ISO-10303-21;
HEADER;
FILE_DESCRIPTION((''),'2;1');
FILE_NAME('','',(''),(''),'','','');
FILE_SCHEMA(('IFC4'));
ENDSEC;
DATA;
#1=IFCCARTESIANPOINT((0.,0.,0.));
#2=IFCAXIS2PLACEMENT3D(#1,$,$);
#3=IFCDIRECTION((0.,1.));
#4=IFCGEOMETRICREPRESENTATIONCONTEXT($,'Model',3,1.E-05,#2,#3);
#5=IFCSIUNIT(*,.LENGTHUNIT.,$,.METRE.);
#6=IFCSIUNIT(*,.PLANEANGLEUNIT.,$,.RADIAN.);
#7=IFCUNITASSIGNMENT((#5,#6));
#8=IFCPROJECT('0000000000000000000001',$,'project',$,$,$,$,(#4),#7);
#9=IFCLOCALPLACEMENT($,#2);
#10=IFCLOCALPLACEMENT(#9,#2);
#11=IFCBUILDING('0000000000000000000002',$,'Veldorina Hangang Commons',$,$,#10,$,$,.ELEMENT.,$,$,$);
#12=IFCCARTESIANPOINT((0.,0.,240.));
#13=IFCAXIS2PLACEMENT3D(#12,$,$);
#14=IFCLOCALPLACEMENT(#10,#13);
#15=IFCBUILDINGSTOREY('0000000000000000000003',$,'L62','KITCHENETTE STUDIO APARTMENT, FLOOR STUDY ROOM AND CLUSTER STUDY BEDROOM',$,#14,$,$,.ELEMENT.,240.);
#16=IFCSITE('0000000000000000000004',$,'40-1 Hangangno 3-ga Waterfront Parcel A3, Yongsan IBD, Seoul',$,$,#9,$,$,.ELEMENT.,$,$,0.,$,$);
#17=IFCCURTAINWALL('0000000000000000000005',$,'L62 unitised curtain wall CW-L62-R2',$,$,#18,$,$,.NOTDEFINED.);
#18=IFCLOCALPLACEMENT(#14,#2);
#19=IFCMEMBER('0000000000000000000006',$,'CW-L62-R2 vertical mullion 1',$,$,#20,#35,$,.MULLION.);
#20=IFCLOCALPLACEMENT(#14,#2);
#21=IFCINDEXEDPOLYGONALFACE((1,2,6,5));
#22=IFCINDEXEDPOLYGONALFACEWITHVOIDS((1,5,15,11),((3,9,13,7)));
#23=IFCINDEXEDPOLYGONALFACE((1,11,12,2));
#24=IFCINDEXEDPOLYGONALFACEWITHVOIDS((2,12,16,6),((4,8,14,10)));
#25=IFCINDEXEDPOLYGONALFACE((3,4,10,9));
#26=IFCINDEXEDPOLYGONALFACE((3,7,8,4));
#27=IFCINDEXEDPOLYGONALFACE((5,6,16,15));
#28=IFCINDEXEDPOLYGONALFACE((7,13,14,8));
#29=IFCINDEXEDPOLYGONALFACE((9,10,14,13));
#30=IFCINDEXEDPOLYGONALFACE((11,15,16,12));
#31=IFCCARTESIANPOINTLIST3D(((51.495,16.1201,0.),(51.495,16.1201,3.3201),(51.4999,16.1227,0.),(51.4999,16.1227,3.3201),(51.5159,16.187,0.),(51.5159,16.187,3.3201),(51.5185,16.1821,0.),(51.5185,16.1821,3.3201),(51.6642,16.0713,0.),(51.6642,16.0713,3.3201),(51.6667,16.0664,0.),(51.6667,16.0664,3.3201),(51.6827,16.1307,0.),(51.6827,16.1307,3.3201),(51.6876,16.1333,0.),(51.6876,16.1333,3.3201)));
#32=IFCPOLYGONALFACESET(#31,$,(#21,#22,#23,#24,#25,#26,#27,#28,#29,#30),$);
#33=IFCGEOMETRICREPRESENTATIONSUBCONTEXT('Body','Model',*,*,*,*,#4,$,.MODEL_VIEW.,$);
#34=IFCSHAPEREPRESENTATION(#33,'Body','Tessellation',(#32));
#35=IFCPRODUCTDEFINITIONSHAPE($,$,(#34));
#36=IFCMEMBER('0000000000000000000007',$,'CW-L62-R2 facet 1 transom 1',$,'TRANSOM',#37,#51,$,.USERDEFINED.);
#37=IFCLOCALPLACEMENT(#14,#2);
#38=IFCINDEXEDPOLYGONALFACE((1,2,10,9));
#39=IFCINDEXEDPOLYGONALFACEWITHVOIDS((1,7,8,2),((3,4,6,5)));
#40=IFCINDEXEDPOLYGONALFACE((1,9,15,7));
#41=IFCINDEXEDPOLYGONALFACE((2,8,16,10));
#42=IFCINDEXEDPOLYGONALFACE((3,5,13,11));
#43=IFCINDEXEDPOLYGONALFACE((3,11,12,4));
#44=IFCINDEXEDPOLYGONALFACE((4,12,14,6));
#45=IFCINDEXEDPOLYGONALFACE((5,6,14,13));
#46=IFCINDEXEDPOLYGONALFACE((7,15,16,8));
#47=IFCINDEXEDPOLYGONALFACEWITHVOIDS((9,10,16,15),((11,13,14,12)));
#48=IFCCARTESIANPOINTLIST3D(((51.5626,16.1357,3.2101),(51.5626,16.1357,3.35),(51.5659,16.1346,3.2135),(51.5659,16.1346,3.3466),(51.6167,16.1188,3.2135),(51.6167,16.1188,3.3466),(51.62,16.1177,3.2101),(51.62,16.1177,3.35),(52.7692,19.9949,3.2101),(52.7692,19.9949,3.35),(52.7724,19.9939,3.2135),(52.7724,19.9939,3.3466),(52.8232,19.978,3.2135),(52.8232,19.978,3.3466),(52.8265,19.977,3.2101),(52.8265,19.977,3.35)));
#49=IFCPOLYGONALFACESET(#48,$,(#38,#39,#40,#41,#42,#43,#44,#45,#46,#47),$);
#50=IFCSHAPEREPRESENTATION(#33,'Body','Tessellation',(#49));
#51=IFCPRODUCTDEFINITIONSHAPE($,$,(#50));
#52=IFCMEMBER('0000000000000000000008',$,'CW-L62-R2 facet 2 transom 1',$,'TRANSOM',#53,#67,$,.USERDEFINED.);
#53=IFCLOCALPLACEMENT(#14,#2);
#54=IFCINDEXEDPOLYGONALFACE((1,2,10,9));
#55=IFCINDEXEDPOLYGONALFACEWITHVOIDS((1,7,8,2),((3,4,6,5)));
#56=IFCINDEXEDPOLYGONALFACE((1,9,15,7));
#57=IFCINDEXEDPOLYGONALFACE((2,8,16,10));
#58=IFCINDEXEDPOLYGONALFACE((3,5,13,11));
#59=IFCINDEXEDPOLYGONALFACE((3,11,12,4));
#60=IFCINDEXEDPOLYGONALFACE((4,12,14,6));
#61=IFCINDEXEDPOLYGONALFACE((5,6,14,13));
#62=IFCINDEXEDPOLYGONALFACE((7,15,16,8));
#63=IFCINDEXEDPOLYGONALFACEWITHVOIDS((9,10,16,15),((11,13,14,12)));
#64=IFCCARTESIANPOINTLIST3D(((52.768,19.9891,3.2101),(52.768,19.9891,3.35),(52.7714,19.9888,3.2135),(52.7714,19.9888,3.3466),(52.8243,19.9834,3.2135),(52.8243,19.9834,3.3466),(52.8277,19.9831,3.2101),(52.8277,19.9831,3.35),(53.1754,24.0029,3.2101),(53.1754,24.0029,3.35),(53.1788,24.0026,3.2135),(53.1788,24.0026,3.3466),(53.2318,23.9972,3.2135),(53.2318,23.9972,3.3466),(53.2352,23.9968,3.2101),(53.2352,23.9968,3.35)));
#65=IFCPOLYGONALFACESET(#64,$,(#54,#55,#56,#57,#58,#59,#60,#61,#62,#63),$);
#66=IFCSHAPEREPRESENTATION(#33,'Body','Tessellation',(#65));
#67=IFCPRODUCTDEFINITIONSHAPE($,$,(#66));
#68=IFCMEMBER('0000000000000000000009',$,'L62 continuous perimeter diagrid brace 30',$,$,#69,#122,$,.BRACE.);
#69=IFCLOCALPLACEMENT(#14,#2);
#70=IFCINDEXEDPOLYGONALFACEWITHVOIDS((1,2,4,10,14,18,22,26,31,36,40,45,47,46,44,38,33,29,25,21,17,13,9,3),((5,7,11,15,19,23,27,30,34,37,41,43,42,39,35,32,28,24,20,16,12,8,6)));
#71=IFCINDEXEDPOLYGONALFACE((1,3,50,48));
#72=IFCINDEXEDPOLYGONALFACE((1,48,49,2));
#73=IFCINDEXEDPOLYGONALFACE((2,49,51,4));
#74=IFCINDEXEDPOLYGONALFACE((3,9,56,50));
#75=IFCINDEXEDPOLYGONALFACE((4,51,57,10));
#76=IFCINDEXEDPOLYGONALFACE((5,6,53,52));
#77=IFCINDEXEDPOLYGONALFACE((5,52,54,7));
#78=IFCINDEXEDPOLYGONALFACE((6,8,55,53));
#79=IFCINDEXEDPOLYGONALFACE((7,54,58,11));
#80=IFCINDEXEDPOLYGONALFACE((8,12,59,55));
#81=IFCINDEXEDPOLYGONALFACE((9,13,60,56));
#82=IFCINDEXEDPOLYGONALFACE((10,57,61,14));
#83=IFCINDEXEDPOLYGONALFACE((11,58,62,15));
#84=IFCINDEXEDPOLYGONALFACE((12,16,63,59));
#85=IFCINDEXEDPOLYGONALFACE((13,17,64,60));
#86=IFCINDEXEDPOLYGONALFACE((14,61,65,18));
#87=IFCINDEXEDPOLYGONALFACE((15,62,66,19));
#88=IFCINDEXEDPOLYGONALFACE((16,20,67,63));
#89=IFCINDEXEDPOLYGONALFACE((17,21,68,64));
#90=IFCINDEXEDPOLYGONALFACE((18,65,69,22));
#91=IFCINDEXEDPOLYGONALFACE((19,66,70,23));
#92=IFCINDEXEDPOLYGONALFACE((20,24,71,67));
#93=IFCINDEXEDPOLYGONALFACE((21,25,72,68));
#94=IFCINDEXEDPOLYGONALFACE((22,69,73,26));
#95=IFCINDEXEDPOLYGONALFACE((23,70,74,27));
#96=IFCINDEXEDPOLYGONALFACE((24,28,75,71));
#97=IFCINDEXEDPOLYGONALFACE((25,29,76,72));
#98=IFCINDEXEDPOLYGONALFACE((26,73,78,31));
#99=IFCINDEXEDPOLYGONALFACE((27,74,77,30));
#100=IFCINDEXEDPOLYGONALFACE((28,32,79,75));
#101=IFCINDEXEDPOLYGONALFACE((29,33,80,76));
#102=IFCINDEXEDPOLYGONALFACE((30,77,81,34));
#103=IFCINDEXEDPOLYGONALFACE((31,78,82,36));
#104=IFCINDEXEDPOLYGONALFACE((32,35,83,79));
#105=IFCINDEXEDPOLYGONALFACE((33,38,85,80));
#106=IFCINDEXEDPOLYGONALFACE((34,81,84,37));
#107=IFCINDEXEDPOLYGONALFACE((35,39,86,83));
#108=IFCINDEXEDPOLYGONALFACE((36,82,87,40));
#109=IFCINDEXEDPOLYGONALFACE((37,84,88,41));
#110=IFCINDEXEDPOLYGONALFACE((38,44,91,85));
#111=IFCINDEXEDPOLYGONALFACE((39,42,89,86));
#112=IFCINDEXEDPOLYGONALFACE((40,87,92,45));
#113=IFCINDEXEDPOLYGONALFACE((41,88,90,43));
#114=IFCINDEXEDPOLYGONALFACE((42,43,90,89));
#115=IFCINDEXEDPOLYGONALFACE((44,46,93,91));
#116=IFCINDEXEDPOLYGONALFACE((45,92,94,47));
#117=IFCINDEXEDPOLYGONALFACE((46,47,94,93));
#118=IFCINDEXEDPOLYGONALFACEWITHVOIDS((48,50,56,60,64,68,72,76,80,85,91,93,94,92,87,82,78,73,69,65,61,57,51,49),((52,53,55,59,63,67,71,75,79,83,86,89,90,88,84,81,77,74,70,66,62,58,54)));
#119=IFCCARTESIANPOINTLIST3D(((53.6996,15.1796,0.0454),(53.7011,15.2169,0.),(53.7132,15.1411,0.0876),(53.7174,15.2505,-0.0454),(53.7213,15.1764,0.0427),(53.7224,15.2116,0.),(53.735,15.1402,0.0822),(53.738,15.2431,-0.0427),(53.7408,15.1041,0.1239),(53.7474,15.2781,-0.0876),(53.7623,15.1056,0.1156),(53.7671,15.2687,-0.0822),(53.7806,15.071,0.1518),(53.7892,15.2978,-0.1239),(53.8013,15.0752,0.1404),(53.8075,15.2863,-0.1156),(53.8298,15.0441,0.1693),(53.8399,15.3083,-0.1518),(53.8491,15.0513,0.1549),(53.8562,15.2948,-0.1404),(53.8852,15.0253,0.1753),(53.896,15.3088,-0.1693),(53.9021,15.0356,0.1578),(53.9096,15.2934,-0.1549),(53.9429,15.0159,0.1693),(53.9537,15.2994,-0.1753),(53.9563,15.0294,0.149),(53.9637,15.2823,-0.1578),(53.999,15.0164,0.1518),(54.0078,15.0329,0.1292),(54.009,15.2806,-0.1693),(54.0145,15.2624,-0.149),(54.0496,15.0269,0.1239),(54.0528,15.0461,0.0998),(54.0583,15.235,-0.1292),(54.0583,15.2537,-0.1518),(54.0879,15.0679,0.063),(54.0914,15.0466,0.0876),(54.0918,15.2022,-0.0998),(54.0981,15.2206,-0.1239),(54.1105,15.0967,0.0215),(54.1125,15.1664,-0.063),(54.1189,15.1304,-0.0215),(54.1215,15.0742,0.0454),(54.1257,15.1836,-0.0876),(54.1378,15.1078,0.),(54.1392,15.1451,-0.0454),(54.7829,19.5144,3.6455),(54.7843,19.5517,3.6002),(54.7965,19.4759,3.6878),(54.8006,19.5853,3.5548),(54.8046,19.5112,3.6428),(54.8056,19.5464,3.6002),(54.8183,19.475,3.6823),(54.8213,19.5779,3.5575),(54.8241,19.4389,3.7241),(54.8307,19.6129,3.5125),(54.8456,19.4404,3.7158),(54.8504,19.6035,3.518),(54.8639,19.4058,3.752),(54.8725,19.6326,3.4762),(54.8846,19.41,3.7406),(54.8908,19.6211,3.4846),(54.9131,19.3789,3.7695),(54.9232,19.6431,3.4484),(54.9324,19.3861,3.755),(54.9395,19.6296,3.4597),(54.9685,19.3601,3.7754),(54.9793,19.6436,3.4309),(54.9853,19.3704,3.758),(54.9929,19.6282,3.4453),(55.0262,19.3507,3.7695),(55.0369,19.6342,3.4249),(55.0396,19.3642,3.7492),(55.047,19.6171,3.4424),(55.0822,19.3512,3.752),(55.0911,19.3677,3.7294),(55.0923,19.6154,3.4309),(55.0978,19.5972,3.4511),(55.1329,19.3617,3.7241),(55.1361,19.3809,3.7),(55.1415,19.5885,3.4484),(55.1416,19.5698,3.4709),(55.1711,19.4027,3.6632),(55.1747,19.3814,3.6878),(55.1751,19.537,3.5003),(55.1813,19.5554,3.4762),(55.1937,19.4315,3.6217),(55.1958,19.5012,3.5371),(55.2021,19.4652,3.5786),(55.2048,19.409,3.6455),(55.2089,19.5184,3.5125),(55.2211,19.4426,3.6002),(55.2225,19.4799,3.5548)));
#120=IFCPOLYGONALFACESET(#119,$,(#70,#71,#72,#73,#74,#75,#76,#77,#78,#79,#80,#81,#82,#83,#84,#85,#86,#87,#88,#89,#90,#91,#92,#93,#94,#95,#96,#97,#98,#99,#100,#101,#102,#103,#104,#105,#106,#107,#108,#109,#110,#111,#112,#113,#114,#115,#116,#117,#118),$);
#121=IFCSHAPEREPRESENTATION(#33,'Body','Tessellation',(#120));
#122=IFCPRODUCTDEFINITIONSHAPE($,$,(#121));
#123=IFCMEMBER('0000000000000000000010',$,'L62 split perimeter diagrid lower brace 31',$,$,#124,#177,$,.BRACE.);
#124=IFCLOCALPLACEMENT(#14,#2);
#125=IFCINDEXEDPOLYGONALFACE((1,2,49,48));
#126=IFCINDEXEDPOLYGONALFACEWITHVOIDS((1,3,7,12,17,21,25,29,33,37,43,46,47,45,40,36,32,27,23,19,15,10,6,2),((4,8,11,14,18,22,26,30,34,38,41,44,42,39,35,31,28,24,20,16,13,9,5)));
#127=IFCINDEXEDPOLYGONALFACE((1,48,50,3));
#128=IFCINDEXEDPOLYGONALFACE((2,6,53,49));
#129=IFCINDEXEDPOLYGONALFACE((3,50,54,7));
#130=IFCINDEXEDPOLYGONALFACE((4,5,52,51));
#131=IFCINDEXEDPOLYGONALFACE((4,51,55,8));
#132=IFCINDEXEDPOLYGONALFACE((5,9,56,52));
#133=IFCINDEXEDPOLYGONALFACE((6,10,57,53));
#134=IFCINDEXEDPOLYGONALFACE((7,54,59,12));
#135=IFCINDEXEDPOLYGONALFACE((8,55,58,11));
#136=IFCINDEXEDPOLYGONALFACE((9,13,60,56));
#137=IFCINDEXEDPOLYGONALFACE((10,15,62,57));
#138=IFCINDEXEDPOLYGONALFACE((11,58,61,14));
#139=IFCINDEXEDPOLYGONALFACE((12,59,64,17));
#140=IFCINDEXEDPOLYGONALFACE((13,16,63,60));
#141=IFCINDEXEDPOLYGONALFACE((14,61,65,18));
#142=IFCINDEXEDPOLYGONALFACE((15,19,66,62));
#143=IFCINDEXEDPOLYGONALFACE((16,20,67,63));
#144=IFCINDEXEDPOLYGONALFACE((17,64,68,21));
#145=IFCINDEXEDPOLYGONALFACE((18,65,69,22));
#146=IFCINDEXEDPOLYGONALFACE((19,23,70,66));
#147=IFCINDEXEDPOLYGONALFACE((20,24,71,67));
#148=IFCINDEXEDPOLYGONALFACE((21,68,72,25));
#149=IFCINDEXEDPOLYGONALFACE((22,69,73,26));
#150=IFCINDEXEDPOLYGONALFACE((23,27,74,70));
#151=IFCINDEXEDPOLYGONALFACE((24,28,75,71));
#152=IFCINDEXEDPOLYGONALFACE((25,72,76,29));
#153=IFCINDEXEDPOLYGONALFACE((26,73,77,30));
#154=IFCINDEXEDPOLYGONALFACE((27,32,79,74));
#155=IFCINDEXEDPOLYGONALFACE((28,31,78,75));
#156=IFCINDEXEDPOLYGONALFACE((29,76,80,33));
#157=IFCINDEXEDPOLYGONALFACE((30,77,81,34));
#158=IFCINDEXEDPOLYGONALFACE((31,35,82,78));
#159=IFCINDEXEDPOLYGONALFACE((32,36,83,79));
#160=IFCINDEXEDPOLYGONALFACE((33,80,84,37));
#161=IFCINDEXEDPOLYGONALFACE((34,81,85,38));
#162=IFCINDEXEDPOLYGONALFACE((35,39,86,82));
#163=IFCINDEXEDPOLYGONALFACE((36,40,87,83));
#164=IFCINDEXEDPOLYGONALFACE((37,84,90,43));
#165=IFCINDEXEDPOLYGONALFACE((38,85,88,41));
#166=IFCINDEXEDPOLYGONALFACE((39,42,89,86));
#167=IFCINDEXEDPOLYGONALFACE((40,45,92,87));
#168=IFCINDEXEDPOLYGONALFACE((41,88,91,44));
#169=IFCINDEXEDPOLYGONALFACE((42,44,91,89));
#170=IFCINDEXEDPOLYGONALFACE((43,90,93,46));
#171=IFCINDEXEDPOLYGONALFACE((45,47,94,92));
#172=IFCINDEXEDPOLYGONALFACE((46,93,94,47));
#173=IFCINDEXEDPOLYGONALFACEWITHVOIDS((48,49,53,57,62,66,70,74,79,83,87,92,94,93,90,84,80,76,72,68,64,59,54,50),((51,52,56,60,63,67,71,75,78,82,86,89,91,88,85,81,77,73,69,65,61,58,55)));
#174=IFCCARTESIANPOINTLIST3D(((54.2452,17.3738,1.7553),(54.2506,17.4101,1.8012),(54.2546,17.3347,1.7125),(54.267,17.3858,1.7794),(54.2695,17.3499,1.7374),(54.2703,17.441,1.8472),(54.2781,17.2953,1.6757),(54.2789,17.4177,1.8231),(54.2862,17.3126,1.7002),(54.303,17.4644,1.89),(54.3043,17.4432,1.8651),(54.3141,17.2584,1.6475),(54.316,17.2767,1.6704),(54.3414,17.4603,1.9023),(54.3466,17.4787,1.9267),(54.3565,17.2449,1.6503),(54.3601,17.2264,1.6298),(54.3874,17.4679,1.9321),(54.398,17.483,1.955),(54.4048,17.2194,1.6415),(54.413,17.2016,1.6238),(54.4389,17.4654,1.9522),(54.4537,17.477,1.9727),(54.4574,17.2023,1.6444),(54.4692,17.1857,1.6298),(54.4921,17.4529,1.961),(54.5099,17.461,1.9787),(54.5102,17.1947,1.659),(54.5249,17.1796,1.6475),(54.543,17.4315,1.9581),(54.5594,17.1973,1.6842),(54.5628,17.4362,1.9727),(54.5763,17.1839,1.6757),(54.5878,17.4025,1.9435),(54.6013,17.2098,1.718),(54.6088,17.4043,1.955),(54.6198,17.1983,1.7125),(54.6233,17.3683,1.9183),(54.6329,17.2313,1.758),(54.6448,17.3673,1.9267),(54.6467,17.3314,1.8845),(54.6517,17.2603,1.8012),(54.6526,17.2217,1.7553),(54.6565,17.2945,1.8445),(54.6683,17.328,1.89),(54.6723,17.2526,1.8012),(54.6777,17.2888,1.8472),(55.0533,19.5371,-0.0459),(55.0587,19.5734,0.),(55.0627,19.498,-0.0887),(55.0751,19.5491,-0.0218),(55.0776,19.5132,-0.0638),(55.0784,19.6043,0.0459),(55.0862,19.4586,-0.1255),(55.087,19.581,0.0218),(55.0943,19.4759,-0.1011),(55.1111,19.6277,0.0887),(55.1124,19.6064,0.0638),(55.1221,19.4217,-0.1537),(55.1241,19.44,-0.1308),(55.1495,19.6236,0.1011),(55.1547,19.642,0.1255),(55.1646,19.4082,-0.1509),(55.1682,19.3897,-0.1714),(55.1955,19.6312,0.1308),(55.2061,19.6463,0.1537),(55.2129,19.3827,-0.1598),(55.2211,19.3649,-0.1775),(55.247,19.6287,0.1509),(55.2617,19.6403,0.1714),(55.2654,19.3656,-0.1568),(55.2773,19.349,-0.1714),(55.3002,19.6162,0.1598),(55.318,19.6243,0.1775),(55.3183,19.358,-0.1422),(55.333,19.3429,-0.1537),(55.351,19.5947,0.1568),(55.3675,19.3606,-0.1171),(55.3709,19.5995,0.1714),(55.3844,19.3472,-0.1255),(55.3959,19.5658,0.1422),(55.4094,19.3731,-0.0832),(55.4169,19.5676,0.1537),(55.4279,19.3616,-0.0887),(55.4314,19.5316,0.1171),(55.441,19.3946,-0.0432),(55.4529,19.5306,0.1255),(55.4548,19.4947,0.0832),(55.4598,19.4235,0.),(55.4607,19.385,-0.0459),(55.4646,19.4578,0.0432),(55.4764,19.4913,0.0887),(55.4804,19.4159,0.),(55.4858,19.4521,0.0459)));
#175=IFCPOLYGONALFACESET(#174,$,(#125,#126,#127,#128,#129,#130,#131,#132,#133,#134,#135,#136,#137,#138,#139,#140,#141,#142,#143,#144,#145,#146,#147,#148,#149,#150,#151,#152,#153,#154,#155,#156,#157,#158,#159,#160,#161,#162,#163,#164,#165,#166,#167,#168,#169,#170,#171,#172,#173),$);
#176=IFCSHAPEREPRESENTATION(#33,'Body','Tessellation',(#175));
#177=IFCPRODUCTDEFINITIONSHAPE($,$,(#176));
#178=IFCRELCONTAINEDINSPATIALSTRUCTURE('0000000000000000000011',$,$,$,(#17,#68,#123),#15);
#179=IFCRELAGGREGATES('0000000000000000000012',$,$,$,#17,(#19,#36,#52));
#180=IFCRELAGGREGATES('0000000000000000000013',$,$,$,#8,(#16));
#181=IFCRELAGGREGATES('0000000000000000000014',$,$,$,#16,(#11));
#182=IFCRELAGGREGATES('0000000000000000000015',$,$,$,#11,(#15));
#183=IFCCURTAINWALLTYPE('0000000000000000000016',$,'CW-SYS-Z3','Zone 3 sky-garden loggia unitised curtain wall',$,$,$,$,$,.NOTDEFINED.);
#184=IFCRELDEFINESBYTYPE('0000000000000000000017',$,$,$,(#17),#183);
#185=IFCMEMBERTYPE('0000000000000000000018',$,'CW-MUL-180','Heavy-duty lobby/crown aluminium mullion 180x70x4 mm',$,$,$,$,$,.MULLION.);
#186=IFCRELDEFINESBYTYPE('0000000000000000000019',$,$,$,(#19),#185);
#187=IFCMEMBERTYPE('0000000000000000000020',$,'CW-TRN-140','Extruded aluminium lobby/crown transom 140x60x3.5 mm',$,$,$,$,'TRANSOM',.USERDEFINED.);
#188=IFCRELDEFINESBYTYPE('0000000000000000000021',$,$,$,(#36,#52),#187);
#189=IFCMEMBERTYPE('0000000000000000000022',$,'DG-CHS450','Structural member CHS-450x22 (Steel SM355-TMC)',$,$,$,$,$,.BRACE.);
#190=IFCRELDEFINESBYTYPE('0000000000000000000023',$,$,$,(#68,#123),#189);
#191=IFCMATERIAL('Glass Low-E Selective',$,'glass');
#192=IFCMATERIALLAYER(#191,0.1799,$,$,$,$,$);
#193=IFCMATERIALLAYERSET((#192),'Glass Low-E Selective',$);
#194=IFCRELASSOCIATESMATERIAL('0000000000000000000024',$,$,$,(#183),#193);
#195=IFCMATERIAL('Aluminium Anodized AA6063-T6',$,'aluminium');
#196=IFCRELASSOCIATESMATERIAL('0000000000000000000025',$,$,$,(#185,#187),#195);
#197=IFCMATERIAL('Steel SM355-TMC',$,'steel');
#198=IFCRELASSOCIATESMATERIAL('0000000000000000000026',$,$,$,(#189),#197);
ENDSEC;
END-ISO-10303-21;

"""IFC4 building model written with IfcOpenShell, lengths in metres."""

from ifc_helpers import new_model, si_unit, direction, frame, origin, origin_2d, place, context, subcontext, project, spatial, hollow_rectangle, hollow_circle, extrude, material, layer, layer_set, material_profile, profile_set, type_object, element, aggregate, save


model = new_model("IFC4")

# Units and contexts
model_context = context("Model", 3, precision=1e-05, world=origin(), true_north=direction((0.0, 1.0)))
body_context = subcontext(model_context, "Body", "Model", "MODEL_VIEW")
ifc_project = project(units=[si_unit("LENGTHUNIT", "METRE"), si_unit("PLANEANGLEUNIT", "RADIAN")], contexts=[model_context])

# Site, building, storey
site_placement = place(None, origin())
site = spatial("IfcSite", under=ifc_project, at=site_placement, Name="40-1 Hangangno 3-ga Waterfront Parcel A3, Yongsan IBD, Seoul", CompositionType="ELEMENT", RefElevation=0.0)
building_placement = place(site_placement, origin())
building = spatial("IfcBuilding", under=site, at=building_placement, Name="Veldorina Hangang Commons", CompositionType="ELEMENT")
storey_placement = place(building_placement, frame((0.0, 0.0, 240.0)))
storey = spatial("IfcBuildingStorey", under=building, at=storey_placement, Name="L62", Description="KITCHENETTE STUDIO APARTMENT, FLOOR STUDY ROOM AND CLUSTER STUDY BEDROOM", CompositionType="ELEMENT", Elevation=240.0)

# Shared definitions
ifc_material_1 = material(Name="Steel SM355-TMC", Category="steel")

# Curtain wall, members
ifc_material_2 = material(Name="Glass Low-E Selective", Category="glass")
ifc_layer_1 = layer(ifc_material_2, 0.1799)
ifc_layer_set_1 = layer_set([ifc_layer_1], Name="Glass Low-E Selective")
curtain_wall_type = type_object("IfcCurtainWallType", Name="CW-SYS-Z3", Description="Zone 3 sky-garden loggia unitised curtain wall", PredefinedType="NOTDEFINED", material=ifc_layer_set_1)
curtain_wall_placement = place(storey_placement, origin())
curtain_wall = element("IfcCurtainWall", 1, at=curtain_wall_placement, inside=storey, type_object=curtain_wall_type, Name="L62 unitised curtain wall CW-L62-R2", PredefinedType="NOTDEFINED")
ifc_material_3 = material(Name="Aluminium Anodized AA6063-T6", Category="aluminium")
ifc_material_profile_1 = material_profile(ifc_material_3, hollow_rectangle(XDim=0.0701, YDim=0.1799, WallThickness=0.0039, at=origin_2d()), Name="ALU-RHS-180x70x4")
ifc_profile_set_1 = profile_set([ifc_material_profile_1], Name="Aluminium Anodized AA6063-T6")
member_type_1 = type_object("IfcMemberType", Name="CW-MUL-180", Description="Heavy-duty lobby/crown aluminium mullion 180x70x4 mm", PredefinedType="MULLION", material=ifc_profile_set_1)
member_1_placement = place(storey_placement, frame((51.5913, 16.1267, 0.0), z_axis=(0.0, 0.0, 1.0), x_axis=(0.298408, 0.954438, 0.0)))
member_1 = element("IfcMember", 2, at=member_1_placement, type_object=member_type_1, Name="CW-L62-R2 vertical mullion 1", PredefinedType="MULLION", context=body_context, shape_type="SweptSolid", body=[
    extrude(hollow_rectangle(XDim=0.0701, YDim=0.1799, WallThickness=0.0039, at=origin_2d()), origin(), (0.0, 0.0, 1.0), 3.3201),
])
ifc_material_profile_2 = material_profile(ifc_material_3, hollow_rectangle(XDim=0.0601, YDim=0.1399, WallThickness=0.0034, at=origin_2d()), Name="ALU-RHS-140x60x3.5")
ifc_profile_set_2 = profile_set([ifc_material_profile_2], Name="Aluminium Anodized AA6063-T6")
member_type_2 = type_object("IfcMemberType", Name="CW-TRN-140", Description="Extruded aluminium lobby/crown transom 140x60x3.5 mm", ElementType="TRANSOM", PredefinedType="USERDEFINED", material=ifc_profile_set_2)
member_2_placement = place(storey_placement, frame((51.5913, 16.1267, 3.28), z_axis=(0.298385, 0.954446, 0.0), x_axis=(-0.954446, 0.298385, 0.0)))
member_2 = element("IfcMember", 3, at=member_2_placement, type_object=member_type_2, Name="CW-L62-R2 facet 1 transom 1", ObjectType="TRANSOM", PredefinedType="USERDEFINED", context=body_context, shape_type="SweptSolid", body=[
    extrude(hollow_rectangle(XDim=0.0601, YDim=0.1399, WallThickness=0.0034, at=origin_2d()), origin(), (0.0, 0.0, 1.0), 4.0435),
])
member_3_placement = place(storey_placement, frame((52.7979, 19.9861, 3.28), z_axis=(0.100995, 0.994887, 0.0), x_axis=(-0.994887, 0.100995, 0.0)))
member_3 = element("IfcMember", 4, at=member_3_placement, type_object=member_type_2, Name="CW-L62-R2 facet 2 transom 1", ObjectType="TRANSOM", PredefinedType="USERDEFINED", context=body_context, shape_type="SweptSolid", body=[
    extrude(hollow_rectangle(XDim=0.0601, YDim=0.1399, WallThickness=0.0034, at=origin_2d()), origin(), (0.0, 0.0, 1.0), 4.0344),
])

# Members
ifc_material_profile_3 = material_profile(ifc_material_1, hollow_circle(Radius=0.2251, WallThickness=0.022, at=origin_2d()), Name="CHS-450x22")
ifc_profile_set_3 = profile_set([ifc_material_profile_3], Name="Steel SM355-TMC")
member_type_3 = type_object("IfcMemberType", Name="DG-CHS450", Description="Structural member CHS-450x22 (Steel SM355-TMC)", PredefinedType="BRACE", material=ifc_profile_set_3)
member_4_placement = place(storey_placement, frame((53.9194, 15.1624, 0.0), z_axis=(0.188788, 0.755449, 0.62742), x_axis=(-0.970165, 0.242446, 0.0)))
element("IfcMember", 5, at=member_4_placement, inside=storey, type_object=member_type_3, Name="L62 continuous perimeter diagrid brace 30", PredefinedType="BRACE", context=body_context, shape_type="SweptSolid", body=[
    extrude(hollow_circle(Radius=0.2251, WallThickness=0.022, at=origin_2d()), origin(), (0.0, 0.0, 1.0), 5.738),
])
member_5_placement = place(storey_placement, frame((55.2695, 19.4946, 0.0), z_axis=(-0.275921, -0.738652, 0.615029), x_axis=(0.936776, -0.34993, 0.0)))
element("IfcMember", 6, at=member_5_placement, inside=storey, type_object=member_type_3, Name="L62 split perimeter diagrid lower brace 31", PredefinedType="BRACE", context=body_context, shape_type="SweptSolid", body=[
    extrude(hollow_circle(Radius=0.2251, WallThickness=0.022, at=origin_2d()), origin(), (0.0, 0.0, 1.0), 2.9287),
])

aggregate(curtain_wall, [member_1, member_2, member_3])

save(model, "model.ifc")
